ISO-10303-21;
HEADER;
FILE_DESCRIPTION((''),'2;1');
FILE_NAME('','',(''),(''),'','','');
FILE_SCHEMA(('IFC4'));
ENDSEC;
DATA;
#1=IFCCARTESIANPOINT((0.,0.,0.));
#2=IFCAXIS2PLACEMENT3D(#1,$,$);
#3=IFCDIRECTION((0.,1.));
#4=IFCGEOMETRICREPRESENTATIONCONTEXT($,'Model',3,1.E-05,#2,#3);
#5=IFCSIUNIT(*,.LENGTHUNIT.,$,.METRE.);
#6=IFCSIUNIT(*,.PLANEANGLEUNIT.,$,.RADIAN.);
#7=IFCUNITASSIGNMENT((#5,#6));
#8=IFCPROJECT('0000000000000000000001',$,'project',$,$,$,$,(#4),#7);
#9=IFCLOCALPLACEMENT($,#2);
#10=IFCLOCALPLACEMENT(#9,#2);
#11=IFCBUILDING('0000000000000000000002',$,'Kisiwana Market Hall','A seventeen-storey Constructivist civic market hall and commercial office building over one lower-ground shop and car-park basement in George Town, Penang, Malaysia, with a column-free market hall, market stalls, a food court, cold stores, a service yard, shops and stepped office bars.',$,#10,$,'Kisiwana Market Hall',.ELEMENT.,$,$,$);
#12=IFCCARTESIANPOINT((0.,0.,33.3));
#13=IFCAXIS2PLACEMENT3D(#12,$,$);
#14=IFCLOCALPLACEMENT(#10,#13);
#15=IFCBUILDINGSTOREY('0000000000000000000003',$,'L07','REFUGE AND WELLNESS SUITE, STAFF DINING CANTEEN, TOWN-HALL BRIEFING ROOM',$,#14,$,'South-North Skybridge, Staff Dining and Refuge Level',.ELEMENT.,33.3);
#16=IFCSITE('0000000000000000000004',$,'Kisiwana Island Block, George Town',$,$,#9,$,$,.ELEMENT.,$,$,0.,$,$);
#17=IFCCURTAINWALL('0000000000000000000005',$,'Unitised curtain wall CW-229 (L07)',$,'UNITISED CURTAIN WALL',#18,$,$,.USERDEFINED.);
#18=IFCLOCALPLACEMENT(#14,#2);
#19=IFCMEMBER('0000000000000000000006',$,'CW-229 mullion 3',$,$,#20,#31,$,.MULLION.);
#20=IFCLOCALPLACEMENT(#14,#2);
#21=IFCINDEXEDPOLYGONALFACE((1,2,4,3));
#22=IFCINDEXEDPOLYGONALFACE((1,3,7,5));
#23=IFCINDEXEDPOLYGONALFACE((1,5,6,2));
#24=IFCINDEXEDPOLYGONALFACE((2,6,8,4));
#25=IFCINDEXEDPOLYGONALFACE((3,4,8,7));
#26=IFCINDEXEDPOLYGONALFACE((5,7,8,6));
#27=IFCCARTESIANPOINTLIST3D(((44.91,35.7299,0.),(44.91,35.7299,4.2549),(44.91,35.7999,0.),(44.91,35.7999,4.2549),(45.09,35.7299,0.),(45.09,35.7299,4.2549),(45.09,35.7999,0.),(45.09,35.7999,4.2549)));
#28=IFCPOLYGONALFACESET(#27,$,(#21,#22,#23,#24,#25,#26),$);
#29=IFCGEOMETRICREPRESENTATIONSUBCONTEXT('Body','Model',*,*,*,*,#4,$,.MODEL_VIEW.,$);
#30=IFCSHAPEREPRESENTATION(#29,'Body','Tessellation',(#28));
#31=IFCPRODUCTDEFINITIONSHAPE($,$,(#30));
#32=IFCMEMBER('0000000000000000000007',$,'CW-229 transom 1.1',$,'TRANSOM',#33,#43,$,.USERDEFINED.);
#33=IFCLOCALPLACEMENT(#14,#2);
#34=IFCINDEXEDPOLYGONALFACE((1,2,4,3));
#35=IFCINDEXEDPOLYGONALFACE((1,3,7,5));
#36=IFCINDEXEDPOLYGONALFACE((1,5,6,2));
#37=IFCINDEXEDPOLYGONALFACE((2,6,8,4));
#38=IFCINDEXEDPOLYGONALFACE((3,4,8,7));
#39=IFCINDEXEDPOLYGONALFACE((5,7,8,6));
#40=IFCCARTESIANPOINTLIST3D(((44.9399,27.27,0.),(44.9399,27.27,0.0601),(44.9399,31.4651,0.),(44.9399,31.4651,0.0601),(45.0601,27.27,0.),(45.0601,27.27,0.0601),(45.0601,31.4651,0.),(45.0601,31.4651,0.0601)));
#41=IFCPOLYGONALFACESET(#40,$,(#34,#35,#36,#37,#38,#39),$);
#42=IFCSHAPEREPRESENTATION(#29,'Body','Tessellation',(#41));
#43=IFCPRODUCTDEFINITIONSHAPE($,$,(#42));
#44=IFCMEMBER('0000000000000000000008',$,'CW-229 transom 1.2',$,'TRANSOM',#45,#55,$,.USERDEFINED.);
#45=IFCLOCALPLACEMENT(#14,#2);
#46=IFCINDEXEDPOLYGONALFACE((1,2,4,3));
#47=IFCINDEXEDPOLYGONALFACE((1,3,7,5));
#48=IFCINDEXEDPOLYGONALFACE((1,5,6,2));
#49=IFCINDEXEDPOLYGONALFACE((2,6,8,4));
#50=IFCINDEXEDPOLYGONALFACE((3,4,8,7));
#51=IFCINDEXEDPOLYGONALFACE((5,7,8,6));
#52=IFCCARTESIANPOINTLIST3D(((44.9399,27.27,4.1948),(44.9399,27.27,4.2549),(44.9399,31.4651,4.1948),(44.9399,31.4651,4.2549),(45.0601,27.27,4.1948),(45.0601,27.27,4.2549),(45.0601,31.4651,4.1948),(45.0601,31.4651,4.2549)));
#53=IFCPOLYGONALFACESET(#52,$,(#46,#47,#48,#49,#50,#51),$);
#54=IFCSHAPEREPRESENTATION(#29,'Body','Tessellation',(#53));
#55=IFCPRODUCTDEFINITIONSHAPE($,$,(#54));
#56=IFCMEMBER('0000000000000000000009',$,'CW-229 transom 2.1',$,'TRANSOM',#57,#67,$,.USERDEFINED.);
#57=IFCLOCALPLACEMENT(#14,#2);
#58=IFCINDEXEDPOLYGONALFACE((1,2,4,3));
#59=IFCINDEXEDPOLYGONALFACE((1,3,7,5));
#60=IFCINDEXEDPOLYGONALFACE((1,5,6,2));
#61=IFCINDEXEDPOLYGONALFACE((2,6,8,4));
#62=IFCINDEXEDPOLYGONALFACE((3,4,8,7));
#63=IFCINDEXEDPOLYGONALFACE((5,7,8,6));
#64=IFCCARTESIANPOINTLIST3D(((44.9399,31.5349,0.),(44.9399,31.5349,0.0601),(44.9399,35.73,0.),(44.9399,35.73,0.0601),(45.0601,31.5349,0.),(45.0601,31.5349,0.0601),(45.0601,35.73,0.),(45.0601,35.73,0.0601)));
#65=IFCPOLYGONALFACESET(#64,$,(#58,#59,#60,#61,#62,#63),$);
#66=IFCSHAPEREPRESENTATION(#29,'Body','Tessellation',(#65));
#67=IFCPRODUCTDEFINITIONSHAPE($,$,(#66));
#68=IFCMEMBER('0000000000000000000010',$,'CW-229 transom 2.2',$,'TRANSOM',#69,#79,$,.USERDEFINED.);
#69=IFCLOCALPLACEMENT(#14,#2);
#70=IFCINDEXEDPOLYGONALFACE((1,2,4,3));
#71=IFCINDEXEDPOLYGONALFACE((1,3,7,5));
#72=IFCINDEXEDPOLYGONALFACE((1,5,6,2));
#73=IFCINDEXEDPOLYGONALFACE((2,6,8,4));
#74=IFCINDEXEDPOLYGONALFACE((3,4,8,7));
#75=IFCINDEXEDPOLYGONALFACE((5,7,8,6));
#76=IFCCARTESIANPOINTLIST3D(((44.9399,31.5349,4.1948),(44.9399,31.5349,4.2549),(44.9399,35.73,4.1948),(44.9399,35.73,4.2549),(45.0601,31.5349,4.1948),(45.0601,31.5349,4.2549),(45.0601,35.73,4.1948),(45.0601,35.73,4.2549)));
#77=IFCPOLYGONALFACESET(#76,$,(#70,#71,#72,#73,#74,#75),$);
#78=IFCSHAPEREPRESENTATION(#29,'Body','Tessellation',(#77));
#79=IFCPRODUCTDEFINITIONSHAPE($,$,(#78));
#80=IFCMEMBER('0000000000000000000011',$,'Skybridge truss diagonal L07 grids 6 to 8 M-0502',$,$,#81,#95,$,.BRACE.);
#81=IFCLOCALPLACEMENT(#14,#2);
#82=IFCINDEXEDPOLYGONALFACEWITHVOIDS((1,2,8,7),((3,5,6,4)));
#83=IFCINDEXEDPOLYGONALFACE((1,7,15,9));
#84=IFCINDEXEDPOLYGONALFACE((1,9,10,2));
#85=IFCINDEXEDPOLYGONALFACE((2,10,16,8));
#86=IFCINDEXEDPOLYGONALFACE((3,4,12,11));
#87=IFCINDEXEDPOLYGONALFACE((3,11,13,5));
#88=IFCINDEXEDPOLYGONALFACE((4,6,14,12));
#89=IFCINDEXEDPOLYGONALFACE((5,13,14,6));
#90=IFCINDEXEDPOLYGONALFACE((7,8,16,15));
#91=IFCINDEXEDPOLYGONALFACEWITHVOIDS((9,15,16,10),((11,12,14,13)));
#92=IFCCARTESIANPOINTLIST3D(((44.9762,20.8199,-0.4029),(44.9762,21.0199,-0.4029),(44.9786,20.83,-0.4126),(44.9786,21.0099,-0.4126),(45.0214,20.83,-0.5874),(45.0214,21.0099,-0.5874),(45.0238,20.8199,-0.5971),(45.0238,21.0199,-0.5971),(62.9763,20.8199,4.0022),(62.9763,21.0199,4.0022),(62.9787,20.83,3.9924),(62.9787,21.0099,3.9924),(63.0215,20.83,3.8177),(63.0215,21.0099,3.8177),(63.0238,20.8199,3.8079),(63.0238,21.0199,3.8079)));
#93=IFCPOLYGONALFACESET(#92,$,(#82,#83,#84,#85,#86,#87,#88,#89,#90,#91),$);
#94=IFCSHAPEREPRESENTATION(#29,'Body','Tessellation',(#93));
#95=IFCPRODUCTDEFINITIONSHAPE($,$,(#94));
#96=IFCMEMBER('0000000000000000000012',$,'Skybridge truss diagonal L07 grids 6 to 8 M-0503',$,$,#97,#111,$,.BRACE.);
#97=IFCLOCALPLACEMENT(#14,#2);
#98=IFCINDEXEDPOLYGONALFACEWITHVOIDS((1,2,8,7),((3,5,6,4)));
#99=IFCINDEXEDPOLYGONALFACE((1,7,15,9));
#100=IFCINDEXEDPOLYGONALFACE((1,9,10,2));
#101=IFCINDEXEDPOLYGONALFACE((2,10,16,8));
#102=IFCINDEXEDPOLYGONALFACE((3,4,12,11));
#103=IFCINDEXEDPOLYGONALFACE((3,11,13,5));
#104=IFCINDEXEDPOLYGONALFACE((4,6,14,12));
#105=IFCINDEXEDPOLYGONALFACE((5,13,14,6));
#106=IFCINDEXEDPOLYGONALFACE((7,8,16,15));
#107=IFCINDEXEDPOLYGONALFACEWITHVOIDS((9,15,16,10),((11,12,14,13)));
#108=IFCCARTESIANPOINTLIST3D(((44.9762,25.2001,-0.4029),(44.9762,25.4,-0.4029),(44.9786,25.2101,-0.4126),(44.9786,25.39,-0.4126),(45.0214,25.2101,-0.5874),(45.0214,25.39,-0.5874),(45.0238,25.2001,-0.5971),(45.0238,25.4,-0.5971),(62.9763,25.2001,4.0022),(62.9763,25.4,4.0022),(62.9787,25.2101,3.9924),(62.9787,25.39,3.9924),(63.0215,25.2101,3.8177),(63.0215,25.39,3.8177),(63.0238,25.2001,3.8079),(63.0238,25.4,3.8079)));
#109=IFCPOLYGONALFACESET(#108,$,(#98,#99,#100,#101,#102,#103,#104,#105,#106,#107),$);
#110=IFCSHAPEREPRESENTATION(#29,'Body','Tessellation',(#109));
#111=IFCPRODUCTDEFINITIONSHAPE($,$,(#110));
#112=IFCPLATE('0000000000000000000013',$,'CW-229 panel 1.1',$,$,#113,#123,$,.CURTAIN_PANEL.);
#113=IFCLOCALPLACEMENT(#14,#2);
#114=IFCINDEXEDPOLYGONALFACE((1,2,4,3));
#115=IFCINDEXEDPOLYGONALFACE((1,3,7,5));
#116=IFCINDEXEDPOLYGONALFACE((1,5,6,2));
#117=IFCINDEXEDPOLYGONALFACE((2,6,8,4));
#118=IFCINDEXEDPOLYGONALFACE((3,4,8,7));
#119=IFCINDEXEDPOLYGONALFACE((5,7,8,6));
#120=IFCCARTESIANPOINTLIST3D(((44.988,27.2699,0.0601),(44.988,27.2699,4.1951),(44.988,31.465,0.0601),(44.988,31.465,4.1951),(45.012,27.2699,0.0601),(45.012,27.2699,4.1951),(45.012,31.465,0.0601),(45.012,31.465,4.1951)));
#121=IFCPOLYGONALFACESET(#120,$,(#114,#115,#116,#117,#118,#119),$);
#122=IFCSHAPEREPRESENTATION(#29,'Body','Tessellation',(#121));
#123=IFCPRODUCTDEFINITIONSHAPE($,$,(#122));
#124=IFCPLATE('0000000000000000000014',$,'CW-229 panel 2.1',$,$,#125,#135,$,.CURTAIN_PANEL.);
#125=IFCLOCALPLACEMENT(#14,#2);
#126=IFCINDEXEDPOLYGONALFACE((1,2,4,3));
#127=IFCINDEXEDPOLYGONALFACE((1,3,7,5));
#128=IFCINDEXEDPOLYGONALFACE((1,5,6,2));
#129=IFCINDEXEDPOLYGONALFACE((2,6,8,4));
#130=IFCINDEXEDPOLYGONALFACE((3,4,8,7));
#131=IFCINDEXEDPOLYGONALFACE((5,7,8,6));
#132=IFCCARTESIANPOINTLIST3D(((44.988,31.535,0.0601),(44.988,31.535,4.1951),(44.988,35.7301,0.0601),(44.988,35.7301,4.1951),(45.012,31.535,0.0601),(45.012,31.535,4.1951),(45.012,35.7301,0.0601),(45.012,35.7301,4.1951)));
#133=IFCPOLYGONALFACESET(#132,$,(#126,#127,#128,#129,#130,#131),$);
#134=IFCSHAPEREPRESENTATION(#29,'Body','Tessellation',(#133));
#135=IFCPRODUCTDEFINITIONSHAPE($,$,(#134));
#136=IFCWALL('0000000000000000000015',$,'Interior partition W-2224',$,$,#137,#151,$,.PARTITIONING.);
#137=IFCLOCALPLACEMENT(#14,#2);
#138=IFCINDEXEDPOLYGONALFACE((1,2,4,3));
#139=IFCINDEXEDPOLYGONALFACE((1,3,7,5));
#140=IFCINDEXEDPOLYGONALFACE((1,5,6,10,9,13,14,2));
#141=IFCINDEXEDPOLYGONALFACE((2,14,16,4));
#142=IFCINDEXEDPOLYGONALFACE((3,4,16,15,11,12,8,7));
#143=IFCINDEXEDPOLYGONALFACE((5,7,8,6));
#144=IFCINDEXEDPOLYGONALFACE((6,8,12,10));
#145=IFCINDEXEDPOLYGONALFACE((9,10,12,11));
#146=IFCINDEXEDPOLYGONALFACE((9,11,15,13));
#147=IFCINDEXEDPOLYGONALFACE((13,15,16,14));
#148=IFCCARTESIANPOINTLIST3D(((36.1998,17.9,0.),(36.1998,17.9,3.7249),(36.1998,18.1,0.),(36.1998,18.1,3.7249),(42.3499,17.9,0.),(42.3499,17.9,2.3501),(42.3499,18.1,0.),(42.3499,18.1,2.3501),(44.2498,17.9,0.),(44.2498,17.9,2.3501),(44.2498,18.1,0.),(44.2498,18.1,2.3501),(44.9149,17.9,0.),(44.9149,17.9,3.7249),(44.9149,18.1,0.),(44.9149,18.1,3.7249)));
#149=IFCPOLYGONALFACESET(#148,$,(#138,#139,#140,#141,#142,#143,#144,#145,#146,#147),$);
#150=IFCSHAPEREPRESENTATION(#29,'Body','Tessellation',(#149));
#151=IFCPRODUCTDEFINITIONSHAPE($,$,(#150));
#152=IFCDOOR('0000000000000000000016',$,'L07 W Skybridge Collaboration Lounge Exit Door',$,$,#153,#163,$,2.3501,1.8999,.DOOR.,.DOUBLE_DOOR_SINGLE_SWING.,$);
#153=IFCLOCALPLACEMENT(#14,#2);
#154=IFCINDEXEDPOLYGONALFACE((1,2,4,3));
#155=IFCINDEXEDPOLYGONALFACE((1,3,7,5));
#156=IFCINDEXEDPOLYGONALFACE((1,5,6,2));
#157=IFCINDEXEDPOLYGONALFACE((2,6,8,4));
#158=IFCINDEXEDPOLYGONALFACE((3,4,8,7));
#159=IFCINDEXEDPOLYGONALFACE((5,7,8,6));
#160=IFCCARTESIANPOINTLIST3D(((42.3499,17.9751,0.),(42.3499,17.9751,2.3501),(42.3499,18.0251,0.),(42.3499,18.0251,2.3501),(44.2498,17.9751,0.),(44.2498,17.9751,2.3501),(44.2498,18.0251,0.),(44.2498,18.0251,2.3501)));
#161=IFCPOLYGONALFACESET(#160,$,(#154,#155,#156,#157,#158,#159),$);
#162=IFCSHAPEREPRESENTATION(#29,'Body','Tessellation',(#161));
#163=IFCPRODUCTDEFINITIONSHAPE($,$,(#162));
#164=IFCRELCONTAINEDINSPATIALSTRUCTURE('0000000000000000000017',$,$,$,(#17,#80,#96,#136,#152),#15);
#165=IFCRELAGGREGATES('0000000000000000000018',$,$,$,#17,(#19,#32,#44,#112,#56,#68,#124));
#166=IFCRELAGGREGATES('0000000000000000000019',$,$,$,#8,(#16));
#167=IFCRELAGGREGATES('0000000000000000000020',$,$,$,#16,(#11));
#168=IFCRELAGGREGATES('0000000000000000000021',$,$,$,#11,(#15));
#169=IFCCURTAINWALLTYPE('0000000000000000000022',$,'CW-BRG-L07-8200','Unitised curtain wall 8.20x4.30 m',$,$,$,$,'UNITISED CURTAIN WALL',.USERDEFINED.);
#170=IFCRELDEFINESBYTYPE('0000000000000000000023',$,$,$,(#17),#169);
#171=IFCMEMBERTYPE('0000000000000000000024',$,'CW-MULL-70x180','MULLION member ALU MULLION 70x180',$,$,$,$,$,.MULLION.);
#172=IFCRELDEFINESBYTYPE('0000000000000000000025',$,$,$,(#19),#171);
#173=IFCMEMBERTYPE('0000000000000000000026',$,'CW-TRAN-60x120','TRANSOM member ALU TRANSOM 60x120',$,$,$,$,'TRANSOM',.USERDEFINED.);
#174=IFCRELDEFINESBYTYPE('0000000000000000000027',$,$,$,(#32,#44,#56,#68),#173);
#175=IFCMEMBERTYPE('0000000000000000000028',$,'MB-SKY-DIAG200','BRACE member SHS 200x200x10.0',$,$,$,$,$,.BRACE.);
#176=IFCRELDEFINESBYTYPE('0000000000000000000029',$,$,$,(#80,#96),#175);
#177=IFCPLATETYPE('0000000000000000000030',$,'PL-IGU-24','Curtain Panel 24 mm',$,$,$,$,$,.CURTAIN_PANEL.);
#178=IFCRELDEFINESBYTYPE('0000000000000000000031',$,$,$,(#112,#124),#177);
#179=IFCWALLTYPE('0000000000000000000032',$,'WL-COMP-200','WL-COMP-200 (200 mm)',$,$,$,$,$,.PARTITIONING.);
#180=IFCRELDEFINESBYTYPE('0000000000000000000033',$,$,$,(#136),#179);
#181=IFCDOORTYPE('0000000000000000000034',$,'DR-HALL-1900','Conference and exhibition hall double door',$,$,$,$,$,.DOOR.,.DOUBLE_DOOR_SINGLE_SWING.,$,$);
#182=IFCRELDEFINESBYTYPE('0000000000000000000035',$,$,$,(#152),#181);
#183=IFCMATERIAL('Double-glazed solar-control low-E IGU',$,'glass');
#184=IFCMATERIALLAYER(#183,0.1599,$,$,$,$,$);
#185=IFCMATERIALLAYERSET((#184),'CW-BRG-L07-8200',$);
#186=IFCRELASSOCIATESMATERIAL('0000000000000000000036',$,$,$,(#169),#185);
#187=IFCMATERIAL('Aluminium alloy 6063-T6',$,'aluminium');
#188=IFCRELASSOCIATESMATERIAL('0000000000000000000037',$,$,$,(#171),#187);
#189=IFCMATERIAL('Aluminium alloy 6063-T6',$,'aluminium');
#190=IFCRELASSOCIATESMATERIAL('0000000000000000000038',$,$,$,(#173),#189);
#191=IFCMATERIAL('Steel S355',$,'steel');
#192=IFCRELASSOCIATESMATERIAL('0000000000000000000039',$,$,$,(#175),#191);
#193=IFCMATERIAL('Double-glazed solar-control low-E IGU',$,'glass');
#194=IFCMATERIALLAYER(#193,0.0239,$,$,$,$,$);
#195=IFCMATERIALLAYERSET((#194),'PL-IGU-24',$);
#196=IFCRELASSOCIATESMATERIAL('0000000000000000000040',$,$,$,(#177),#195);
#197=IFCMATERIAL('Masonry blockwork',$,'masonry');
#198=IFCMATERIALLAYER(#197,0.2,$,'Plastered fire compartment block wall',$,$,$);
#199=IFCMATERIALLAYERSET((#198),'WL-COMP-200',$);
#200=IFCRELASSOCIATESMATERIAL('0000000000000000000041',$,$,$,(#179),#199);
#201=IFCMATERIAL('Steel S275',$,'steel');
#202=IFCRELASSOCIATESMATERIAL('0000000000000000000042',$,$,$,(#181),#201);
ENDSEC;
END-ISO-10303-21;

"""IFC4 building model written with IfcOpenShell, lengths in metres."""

from ifc_helpers import new_model, si_unit, direction, frame, frame_2d, origin, origin_2d, place, context, subcontext, project, spatial, rectangle, hollow_rectangle, extrude, material, layer, layer_set, material_profile, profile_set, type_object, element, fill, aggregate, save


model = new_model("IFC4")

# Units and contexts
model_context = context("Model", 3, precision=1e-05, world=origin(), true_north=direction((0.0, 1.0)))
body_context = subcontext(model_context, "Body", "Model", "MODEL_VIEW")
ifc_project = project(units=[si_unit("LENGTHUNIT", "METRE"), si_unit("PLANEANGLEUNIT", "RADIAN")], contexts=[model_context])

# Site, building, storey
site_placement = place(None, origin())
site = spatial("IfcSite", under=ifc_project, at=site_placement, Name="Kisiwana Island Block, George Town", CompositionType="ELEMENT", RefElevation=0.0)
building_placement = place(site_placement, origin())
building = spatial("IfcBuilding", under=site, at=building_placement, Name="Kisiwana Market Hall", Description="A seventeen-storey Constructivist civic market hall and commercial office building over one lower-ground shop and car-park basement in George Town, Penang, Malaysia, with a column-free market hall, market stalls, a food court, cold stores, a service yard, shops and stepped office bars.", LongName="Kisiwana Market Hall", CompositionType="ELEMENT")
storey_placement = place(building_placement, frame((0.0, 0.0, 33.3)))
storey = spatial("IfcBuildingStorey", under=building, at=storey_placement, Name="L07", Description="REFUGE AND WELLNESS SUITE, STAFF DINING CANTEEN, TOWN-HALL BRIEFING ROOM", LongName="South-North Skybridge, Staff Dining and Refuge Level", CompositionType="ELEMENT", Elevation=33.3)

# Curtain wall, members
ifc_material_1 = material(Name="Double-glazed solar-control low-E IGU", Category="glass")
ifc_layer_1 = layer(ifc_material_1, 0.1599)
ifc_layer_set_1 = layer_set([ifc_layer_1], Name="CW-BRG-L07-8200")
curtain_wall_type = type_object("IfcCurtainWallType", Name="CW-BRG-L07-8200", Description="Unitised curtain wall 8.20x4.30 m", ElementType="UNITISED CURTAIN WALL", PredefinedType="USERDEFINED", material=ifc_layer_set_1)
curtain_wall_placement = place(storey_placement, origin())
curtain_wall = element("IfcCurtainWall", 1, at=curtain_wall_placement, inside=storey, type_object=curtain_wall_type, Name="Unitised curtain wall CW-229 (L07)", ObjectType="UNITISED CURTAIN WALL", PredefinedType="USERDEFINED")
ifc_material_2 = material(Name="Aluminium alloy 6063-T6", Category="aluminium")
ifc_material_profile_1 = material_profile(ifc_material_2, rectangle(XDim=0.0701, YDim=0.1799, at=origin_2d()), Name="ALU MULLION 70x180")
ifc_profile_set_1 = profile_set([ifc_material_profile_1], Name="Aluminium alloy 6063-T6")
member_type_1 = type_object("IfcMemberType", Name="CW-MULL-70x180", Description="MULLION member ALU MULLION 70x180", PredefinedType="MULLION", material=ifc_profile_set_1)
member_1_placement = place(storey_placement, frame((45.0, 35.7649, 0.0), z_axis=(0.0, 0.0, 1.0), x_axis=(0.0, 1.0, 0.0)))
member_1 = element("IfcMember", 2, at=member_1_placement, type_object=member_type_1, Name="CW-229 mullion 3", PredefinedType="MULLION", context=body_context, shape_type="SweptSolid", body=[
    extrude(rectangle(XDim=0.0701, YDim=0.1799, at=origin_2d()), origin(), (0.0, 0.0, 1.0), 4.2549),
])
ifc_material_3 = material(Name="Aluminium alloy 6063-T6", Category="aluminium")
ifc_material_profile_2 = material_profile(ifc_material_3, rectangle(XDim=0.1201, YDim=0.0601, at=origin_2d()), Name="ALU TRANSOM 60x120")
ifc_profile_set_2 = profile_set([ifc_material_profile_2], Name="Aluminium alloy 6063-T6")
member_type_2 = type_object("IfcMemberType", Name="CW-TRAN-60x120", Description="TRANSOM member ALU TRANSOM 60x120", ElementType="TRANSOM", PredefinedType="USERDEFINED", material=ifc_profile_set_2)
member_2_placement = place(storey_placement, frame((45.0, 27.27, 0.03), z_axis=(0.0, 1.0, 0.0), x_axis=(-1.0, 0.0, 0.0)))
member_2 = element("IfcMember", 3, at=member_2_placement, type_object=member_type_2, Name="CW-229 transom 1.1", ObjectType="TRANSOM", PredefinedType="USERDEFINED", context=body_context, shape_type="SweptSolid", body=[
    extrude(rectangle(XDim=0.1201, YDim=0.0601, at=origin_2d()), origin(), (0.0, 0.0, 1.0), 4.1951),
])
member_3_placement = place(storey_placement, frame((45.0, 27.27, 4.2249), z_axis=(0.0, 1.0, 0.0), x_axis=(-1.0, 0.0, 0.0)))
member_3 = element("IfcMember", 4, at=member_3_placement, type_object=member_type_2, Name="CW-229 transom 1.2", ObjectType="TRANSOM", PredefinedType="USERDEFINED", context=body_context, shape_type="SweptSolid", body=[
    extrude(rectangle(XDim=0.1201, YDim=0.0601, at=origin_2d()), origin(), (0.0, 0.0, 1.0), 4.1951),
])
member_4_placement = place(storey_placement, frame((45.0, 31.5349, 0.03), z_axis=(0.0, 1.0, 0.0), x_axis=(-1.0, 0.0, 0.0)))
member_4 = element("IfcMember", 5, at=member_4_placement, type_object=member_type_2, Name="CW-229 transom 2.1", ObjectType="TRANSOM", PredefinedType="USERDEFINED", context=body_context, shape_type="SweptSolid", body=[
    extrude(rectangle(XDim=0.1201, YDim=0.0601, at=origin_2d()), origin(), (0.0, 0.0, 1.0), 4.1951),
])
member_5_placement = place(storey_placement, frame((45.0, 31.5349, 4.2249), z_axis=(0.0, 1.0, 0.0), x_axis=(-1.0, 0.0, 0.0)))
member_5 = element("IfcMember", 6, at=member_5_placement, type_object=member_type_2, Name="CW-229 transom 2.2", ObjectType="TRANSOM", PredefinedType="USERDEFINED", context=body_context, shape_type="SweptSolid", body=[
    extrude(rectangle(XDim=0.1201, YDim=0.0601, at=origin_2d()), origin(), (0.0, 0.0, 1.0), 4.1951),
])

# Members
ifc_material_4 = material(Name="Steel S355", Category="steel")
ifc_material_profile_3 = material_profile(ifc_material_4, hollow_rectangle(XDim=0.2, YDim=0.2, WallThickness=0.01, at=origin_2d()), Name="SHS 200x200x10.0")
ifc_profile_set_3 = profile_set([ifc_material_profile_3], Name="Steel S355")
member_type_3 = type_object("IfcMemberType", Name="MB-SKY-DIAG200", Description="BRACE member SHS 200x200x10.0", PredefinedType="BRACE", material=ifc_profile_set_3)
for number, where, z_axis, x_axis, name in (
    (7, (45.0, 20.9199, -0.5), (0.971336, 0.0, 0.237709), (0.0, 1.0, 0.0), "Skybridge truss diagonal L07 grids 6 to 8 M-0502"),
    (8, (45.0, 25.3, -0.5), (0.971336, 0.0, 0.237709), (0.0, 1.0, 0.0), "Skybridge truss diagonal L07 grids 6 to 8 M-0503"),
):
    element("IfcMember", number, at=place(storey_placement, frame(where, z_axis=z_axis, x_axis=x_axis)), inside=storey, type_object=member_type_3, Name=name, PredefinedType="BRACE", context=body_context, shape_type="SweptSolid", body=[
        extrude(hollow_rectangle(XDim=0.2, YDim=0.2, WallThickness=0.01, at=origin_2d()), origin(), (0.0, 0.0, 1.0), 18.5312),
    ])

# Plates
ifc_material_5 = material(Name="Double-glazed solar-control low-E IGU", Category="glass")
ifc_layer_2 = layer(ifc_material_5, 0.0239)
ifc_layer_set_2 = layer_set([ifc_layer_2], Name="PL-IGU-24")
plate_type = type_object("IfcPlateType", Name="PL-IGU-24", Description="Curtain Panel 24 mm", PredefinedType="CURTAIN_PANEL", material=ifc_layer_set_2)
plate_1_placement = place(storey_placement, frame((45.0, 29.3674, 0.0601), z_axis=(0.0, 0.0, 1.0), x_axis=(0.0, 1.0, 0.0)))
plate_1 = element("IfcPlate", 9, at=plate_1_placement, type_object=plate_type, Name="CW-229 panel 1.1", PredefinedType="CURTAIN_PANEL", context=body_context, shape_type="SweptSolid", body=[
    extrude(rectangle(XDim=4.1951, YDim=0.0239, at=origin_2d()), origin(), (0.0, 0.0, 1.0), 4.135),
])
plate_2_placement = place(storey_placement, frame((45.0, 33.6326, 0.0601), z_axis=(0.0, 0.0, 1.0), x_axis=(0.0, 1.0, 0.0)))
plate_2 = element("IfcPlate", 10, at=plate_2_placement, type_object=plate_type, Name="CW-229 panel 2.1", PredefinedType="CURTAIN_PANEL", context=body_context, shape_type="SweptSolid", body=[
    extrude(rectangle(XDim=4.1951, YDim=0.0239, at=origin_2d()), origin(), (0.0, 0.0, 1.0), 4.135),
])
aggregate(curtain_wall, [member_1, member_2, member_3, plate_1, member_4, member_5, plate_2])

# Wall, opening, door
ifc_material_6 = material(Name="Masonry blockwork", Category="masonry")
ifc_layer_3 = layer(ifc_material_6, 0.2, Name="Plastered fire compartment block wall")
ifc_layer_set_3 = layer_set([ifc_layer_3], Name="WL-COMP-200")
wall_type_1 = type_object("IfcWallType", Name="WL-COMP-200", Description="WL-COMP-200 (200 mm)", PredefinedType="PARTITIONING", material=ifc_layer_set_3)
wall_1_placement = place(storey_placement, frame((36.2, 18.0, 0.0), z_axis=(0.0, 0.0, 1.0), x_axis=(1.0, 0.0, 0.0)))
wall_1 = element("IfcWall", 11, at=wall_1_placement, inside=storey, type_object=wall_type_1, Name="Interior partition W-2224", PredefinedType="PARTITIONING", context=body_context, shape_type="SweptSolid", body=[
    extrude(rectangle(XDim=8.7151, YDim=0.2, at=frame_2d((4.3574, 0.0))), origin(), (0.0, 0.0, 1.0), 3.7249),
])
opening_1_placement = place(wall_1_placement, frame((6.1499, 0.0, 0.0)))
opening_1 = element("IfcOpeningElement", 12, at=opening_1_placement, cuts=wall_1, PredefinedType="OPENING", context=body_context, shape_type="SweptSolid", body=[
    extrude(rectangle(XDim=1.8999, YDim=2.3501, at=frame_2d((0.95, 1.175))), frame((0.0, 0.1118, 0.0), z_axis=(0.0, -1.0, 0.0), x_axis=(1.0, 0.0, 0.0)), (0.0, 0.0, 1.0), 0.2239),
])
ifc_material_7 = material(Name="Steel S275", Category="steel")
door_type_1 = type_object("IfcDoorType", Name="DR-HALL-1900", Description="Conference and exhibition hall double door", OperationType="DOUBLE_DOOR_SINGLE_SWING", PredefinedType="DOOR", material=ifc_material_7)
door_1_placement = place(opening_1_placement, frame((1.8999, 0.0, 0.0), z_axis=(0.0, 0.0, 1.0), x_axis=(-1.0, 0.0, 0.0)))
door_1 = element("IfcDoor", 13, at=door_1_placement, inside=storey, type_object=door_type_1, Name="L07 W Skybridge Collaboration Lounge Exit Door", OperationType="DOUBLE_DOOR_SINGLE_SWING", OverallHeight=2.3501, OverallWidth=1.8999, PredefinedType="DOOR", context=body_context, shape_type="SweptSolid", body=[
    extrude(rectangle(XDim=1.8999, YDim=2.3501, at=frame_2d((0.95, 1.175))), frame((0.0, 0.0249, 0.0), z_axis=(0.0, -1.0, 0.0), x_axis=(1.0, 0.0, 0.0)), (0.0, 0.0, 1.0), 0.05),
])
fill(opening_1, door_1)

save(model, "model.ifc")
